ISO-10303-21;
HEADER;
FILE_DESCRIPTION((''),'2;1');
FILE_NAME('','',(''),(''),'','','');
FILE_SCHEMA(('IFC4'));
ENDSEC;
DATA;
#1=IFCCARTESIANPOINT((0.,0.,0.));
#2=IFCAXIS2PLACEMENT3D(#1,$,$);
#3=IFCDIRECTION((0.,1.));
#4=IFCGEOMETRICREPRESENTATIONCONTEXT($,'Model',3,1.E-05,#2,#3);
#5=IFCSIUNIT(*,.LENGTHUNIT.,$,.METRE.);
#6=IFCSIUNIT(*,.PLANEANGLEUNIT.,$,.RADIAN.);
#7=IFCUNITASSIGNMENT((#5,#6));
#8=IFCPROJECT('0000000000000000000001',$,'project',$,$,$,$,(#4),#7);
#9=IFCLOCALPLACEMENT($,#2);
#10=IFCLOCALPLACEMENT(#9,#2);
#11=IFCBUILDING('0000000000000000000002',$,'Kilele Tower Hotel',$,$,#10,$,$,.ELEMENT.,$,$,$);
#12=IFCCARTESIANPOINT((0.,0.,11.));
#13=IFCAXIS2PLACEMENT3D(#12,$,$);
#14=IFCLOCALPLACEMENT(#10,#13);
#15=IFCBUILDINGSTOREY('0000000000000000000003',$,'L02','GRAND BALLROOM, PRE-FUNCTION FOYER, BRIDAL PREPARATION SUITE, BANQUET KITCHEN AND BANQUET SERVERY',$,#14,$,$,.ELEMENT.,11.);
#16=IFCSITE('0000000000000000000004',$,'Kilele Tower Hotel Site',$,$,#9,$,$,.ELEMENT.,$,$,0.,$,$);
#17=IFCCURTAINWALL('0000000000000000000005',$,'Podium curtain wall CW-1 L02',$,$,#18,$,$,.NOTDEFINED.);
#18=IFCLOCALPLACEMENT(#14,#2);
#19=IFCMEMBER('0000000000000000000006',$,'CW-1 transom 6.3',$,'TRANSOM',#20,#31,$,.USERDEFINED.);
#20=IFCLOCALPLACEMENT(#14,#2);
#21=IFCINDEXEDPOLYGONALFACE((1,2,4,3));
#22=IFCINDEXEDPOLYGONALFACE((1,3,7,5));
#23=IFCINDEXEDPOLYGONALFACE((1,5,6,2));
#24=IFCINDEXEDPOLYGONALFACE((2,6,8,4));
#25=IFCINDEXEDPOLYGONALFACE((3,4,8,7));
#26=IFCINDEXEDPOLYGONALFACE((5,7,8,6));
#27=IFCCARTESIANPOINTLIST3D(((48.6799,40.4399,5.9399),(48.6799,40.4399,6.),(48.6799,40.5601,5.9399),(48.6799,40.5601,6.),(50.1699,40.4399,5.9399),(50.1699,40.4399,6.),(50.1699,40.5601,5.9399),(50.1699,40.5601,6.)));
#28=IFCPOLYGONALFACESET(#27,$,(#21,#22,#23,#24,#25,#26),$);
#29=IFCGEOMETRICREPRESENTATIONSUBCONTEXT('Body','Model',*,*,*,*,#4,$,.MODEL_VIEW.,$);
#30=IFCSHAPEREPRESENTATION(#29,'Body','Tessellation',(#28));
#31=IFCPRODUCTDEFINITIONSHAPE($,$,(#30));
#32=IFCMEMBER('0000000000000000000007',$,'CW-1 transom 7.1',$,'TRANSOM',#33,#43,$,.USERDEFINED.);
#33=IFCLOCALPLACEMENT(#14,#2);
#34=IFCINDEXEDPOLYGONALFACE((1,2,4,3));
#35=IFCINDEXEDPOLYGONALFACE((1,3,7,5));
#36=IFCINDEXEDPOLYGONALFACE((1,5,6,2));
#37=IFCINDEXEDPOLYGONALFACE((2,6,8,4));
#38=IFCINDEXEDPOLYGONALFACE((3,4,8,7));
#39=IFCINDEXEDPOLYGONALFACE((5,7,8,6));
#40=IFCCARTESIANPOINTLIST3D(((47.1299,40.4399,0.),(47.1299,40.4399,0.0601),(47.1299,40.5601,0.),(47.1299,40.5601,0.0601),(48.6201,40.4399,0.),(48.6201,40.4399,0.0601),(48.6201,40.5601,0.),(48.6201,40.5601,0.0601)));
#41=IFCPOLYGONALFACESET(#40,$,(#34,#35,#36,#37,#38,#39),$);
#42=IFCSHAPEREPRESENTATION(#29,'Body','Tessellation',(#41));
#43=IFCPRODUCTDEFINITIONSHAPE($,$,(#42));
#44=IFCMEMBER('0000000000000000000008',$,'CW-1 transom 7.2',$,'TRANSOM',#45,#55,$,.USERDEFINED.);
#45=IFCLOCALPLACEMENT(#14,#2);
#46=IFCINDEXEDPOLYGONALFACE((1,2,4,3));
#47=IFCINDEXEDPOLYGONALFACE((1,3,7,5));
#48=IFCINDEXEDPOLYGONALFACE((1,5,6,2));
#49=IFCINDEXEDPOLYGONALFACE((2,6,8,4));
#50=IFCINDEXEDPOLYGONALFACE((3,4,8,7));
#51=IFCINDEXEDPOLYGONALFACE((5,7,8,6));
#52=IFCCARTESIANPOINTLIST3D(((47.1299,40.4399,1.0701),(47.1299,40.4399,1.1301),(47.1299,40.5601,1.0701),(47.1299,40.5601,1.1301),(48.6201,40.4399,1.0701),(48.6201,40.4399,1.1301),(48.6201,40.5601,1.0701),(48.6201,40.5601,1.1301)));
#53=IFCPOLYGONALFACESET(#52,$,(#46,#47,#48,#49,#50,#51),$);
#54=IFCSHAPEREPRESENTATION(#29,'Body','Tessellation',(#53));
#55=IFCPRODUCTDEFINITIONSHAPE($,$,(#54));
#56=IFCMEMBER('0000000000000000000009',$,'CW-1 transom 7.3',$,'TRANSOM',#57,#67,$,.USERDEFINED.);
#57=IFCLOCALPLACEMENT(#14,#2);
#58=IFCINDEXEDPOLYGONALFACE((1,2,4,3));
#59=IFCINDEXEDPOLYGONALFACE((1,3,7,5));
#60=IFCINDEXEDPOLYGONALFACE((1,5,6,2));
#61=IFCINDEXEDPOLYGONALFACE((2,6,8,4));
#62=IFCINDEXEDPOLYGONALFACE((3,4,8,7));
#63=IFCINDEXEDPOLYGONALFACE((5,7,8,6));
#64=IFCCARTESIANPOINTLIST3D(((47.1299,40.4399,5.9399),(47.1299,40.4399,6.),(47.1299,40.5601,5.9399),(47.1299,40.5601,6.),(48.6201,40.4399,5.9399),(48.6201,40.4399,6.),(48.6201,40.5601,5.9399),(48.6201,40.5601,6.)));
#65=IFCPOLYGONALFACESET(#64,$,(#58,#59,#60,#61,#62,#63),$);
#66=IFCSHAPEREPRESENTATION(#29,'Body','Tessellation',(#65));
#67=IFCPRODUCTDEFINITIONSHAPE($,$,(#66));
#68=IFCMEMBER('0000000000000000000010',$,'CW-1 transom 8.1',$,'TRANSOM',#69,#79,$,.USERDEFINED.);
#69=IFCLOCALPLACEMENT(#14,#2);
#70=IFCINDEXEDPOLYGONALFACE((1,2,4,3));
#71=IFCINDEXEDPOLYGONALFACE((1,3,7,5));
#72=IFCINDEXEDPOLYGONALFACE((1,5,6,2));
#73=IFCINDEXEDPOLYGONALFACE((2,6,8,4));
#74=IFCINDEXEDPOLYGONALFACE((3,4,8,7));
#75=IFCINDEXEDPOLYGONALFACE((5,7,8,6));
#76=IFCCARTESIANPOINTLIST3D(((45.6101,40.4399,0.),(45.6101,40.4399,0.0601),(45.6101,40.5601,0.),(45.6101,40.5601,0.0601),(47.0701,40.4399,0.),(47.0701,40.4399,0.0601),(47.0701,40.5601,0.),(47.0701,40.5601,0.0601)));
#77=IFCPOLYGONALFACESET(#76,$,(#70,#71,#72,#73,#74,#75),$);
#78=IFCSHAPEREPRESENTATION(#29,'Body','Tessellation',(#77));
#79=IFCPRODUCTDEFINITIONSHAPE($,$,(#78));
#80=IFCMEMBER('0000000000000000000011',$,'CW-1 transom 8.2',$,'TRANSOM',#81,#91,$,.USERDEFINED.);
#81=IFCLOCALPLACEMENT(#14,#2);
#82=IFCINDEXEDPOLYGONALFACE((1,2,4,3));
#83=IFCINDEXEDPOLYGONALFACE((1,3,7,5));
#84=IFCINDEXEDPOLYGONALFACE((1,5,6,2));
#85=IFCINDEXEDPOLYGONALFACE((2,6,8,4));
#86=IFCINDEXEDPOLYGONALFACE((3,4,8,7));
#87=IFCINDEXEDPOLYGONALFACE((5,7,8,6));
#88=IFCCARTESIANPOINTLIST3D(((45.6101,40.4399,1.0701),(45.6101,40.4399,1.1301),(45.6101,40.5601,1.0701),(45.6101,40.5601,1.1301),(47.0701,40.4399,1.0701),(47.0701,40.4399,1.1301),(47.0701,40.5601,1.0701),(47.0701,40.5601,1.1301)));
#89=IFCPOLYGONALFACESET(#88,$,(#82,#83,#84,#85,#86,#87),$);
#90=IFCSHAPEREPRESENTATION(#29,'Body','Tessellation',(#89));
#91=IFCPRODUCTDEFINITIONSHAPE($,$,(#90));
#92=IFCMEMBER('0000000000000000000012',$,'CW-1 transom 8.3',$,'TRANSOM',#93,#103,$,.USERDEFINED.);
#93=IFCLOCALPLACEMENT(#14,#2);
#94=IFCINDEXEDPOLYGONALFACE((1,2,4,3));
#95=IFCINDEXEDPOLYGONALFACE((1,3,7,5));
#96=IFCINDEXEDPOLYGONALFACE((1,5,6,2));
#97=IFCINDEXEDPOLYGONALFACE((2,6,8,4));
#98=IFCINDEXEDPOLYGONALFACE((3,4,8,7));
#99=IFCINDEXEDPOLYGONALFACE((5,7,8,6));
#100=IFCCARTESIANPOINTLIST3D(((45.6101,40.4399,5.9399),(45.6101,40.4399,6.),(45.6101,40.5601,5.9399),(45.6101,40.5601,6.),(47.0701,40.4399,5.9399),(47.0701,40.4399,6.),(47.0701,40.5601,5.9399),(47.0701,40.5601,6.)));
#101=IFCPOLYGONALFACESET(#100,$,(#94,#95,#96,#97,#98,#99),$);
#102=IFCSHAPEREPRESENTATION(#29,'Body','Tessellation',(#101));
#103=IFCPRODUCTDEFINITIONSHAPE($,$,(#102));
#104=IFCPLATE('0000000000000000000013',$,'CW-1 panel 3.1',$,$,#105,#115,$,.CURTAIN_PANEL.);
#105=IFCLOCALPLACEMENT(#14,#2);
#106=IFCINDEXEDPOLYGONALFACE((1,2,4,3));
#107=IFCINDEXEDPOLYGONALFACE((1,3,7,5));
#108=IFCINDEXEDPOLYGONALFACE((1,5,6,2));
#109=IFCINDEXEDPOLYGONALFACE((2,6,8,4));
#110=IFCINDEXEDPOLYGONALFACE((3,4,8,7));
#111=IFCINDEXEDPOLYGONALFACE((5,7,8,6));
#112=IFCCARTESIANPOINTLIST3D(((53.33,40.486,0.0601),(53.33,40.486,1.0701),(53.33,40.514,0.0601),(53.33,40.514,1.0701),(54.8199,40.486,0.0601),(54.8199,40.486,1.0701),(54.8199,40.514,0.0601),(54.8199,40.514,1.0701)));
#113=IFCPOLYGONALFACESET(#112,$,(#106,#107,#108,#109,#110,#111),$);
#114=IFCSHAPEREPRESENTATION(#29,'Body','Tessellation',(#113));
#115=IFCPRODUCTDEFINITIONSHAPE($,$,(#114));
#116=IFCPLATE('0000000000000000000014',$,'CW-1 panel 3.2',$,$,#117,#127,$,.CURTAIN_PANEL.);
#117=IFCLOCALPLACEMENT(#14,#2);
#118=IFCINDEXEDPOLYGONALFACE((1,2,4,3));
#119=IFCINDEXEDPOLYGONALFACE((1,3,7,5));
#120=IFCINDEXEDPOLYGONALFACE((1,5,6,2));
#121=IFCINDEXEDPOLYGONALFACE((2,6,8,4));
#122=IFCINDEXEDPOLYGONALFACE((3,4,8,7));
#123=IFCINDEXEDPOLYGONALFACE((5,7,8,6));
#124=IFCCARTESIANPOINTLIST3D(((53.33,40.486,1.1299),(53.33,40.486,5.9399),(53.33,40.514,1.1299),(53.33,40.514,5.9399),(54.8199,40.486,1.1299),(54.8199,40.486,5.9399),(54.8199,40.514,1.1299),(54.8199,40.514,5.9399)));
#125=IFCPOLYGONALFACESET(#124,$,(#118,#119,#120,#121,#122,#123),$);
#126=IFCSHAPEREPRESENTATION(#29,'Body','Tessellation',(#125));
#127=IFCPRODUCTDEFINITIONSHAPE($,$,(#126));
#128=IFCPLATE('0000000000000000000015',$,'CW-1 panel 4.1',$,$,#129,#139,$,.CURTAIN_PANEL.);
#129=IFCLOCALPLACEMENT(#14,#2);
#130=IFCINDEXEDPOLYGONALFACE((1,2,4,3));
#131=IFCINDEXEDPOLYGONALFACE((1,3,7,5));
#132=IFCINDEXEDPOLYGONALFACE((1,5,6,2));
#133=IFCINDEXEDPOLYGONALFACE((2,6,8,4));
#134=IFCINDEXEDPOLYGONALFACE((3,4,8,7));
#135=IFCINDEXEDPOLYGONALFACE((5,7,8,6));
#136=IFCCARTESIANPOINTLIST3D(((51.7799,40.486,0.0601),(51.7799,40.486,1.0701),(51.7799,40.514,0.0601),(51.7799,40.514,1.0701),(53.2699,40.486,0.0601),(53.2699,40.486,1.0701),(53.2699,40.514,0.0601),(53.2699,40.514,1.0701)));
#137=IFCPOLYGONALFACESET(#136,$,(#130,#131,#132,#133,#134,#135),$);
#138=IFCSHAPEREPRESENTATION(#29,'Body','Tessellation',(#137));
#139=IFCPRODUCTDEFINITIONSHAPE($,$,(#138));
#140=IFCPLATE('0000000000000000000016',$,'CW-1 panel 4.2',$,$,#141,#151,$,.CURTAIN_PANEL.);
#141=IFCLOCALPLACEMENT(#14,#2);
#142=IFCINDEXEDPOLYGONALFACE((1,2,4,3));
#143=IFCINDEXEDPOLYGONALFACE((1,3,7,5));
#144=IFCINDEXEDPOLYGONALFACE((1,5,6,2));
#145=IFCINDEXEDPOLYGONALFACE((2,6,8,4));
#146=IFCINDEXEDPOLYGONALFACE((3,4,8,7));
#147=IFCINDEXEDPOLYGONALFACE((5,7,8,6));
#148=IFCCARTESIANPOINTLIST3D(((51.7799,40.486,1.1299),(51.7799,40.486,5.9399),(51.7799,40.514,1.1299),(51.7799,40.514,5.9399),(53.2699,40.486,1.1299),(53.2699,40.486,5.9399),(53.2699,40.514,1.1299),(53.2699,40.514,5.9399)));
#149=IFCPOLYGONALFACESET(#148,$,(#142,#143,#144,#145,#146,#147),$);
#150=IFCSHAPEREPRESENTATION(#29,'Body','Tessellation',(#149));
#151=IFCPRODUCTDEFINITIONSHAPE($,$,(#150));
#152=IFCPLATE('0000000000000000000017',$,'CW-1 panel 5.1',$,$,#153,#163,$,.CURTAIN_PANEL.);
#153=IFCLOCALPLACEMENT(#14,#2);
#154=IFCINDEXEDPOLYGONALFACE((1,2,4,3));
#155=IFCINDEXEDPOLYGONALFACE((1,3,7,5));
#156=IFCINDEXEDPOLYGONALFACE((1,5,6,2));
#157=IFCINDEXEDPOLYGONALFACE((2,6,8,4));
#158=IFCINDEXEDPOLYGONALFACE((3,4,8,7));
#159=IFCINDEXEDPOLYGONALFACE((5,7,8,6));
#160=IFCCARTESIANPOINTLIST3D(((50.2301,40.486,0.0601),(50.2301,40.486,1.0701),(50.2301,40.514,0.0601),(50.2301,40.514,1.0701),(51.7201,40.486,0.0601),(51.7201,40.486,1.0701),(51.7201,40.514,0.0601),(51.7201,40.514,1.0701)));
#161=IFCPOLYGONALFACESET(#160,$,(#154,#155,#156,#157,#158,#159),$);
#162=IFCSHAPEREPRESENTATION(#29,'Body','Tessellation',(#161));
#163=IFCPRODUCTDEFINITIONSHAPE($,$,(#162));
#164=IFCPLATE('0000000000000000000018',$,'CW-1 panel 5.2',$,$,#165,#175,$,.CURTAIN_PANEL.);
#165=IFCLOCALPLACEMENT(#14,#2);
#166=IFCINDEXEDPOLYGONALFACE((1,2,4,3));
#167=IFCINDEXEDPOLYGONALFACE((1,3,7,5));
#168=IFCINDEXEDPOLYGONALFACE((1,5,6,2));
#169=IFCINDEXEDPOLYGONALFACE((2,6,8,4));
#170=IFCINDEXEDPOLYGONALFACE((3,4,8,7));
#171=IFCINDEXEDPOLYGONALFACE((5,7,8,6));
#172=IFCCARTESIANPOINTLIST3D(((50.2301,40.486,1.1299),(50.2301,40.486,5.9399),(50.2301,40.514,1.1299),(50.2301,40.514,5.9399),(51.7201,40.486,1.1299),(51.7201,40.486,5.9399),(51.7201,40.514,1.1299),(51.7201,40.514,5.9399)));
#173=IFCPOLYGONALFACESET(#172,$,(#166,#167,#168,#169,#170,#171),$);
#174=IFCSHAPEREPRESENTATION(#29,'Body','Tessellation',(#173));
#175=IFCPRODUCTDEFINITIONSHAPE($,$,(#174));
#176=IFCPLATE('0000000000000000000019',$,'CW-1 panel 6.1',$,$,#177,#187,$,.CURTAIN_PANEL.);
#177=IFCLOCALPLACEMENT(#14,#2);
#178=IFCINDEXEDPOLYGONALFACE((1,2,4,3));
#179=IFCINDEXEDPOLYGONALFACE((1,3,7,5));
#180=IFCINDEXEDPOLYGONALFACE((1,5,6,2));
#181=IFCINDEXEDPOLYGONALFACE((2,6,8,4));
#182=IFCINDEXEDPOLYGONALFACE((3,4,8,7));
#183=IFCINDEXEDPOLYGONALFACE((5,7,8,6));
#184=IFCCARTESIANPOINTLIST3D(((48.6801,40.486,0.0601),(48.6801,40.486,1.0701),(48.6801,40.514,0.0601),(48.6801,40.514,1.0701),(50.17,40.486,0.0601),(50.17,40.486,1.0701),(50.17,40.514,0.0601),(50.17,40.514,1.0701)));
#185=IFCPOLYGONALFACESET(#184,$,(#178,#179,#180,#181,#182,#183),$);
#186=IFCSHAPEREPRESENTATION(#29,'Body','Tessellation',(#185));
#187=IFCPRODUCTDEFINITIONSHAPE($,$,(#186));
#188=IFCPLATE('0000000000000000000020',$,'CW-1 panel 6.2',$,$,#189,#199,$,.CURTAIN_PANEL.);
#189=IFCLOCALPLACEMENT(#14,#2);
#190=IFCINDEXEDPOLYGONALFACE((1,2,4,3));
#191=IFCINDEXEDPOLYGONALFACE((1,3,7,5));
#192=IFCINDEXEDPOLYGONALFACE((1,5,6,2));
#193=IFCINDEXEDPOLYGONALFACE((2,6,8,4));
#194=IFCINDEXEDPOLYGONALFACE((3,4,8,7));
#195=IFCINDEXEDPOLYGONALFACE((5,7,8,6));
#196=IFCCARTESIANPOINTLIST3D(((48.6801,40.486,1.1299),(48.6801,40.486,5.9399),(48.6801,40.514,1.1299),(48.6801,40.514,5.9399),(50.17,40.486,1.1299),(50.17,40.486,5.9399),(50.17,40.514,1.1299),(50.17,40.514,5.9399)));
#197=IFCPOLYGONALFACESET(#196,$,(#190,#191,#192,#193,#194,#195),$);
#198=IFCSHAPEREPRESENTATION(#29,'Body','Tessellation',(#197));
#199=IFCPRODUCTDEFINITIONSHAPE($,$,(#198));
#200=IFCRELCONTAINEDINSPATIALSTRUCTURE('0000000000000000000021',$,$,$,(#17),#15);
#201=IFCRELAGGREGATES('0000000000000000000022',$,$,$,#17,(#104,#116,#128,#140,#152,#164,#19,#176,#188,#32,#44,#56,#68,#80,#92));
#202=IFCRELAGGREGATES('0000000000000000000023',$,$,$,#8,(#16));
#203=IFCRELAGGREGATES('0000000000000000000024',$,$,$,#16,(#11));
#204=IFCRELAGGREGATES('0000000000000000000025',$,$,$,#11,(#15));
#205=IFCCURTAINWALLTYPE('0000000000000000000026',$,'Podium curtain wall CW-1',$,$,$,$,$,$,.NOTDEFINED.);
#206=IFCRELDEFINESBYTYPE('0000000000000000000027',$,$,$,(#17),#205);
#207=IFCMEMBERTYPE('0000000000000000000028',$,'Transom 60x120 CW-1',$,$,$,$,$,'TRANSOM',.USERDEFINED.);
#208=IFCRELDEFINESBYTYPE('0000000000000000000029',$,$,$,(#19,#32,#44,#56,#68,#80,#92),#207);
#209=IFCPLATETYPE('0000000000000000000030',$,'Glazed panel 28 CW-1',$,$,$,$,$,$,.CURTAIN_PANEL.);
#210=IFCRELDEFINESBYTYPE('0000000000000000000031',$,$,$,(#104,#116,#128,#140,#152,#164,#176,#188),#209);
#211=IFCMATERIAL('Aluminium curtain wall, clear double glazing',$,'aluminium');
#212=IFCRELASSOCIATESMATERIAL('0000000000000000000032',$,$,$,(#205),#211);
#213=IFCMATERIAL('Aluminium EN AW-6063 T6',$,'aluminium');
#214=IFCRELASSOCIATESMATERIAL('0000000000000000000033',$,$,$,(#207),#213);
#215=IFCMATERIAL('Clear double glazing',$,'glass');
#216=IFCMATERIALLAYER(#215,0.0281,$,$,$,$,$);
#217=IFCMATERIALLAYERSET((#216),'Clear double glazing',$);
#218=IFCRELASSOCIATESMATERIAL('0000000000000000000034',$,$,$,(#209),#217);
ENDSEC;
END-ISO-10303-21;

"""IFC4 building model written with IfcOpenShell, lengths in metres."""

from ifc_helpers import new_model, si_unit, direction, frame, origin, origin_2d, place, context, subcontext, project, spatial, rectangle, extrude, material, layer, layer_set, material_profile, profile_set, type_object, element, aggregate, save


model = new_model("IFC4")

# Units and contexts
model_context = context("Model", 3, precision=1e-05, world=origin(), true_north=direction((0.0, 1.0)))
body_context = subcontext(model_context, "Body", "Model", "MODEL_VIEW")
ifc_project = project(units=[si_unit("LENGTHUNIT", "METRE"), si_unit("PLANEANGLEUNIT", "RADIAN")], contexts=[model_context])

# Site, building, storey
site_placement = place(None, origin())
site = spatial("IfcSite", under=ifc_project, at=site_placement, Name="Kilele Tower Hotel Site", CompositionType="ELEMENT", RefElevation=0.0)
building_placement = place(site_placement, origin())
building = spatial("IfcBuilding", under=site, at=building_placement, Name="Kilele Tower Hotel", CompositionType="ELEMENT")
storey_placement = place(building_placement, frame((0.0, 0.0, 11.0)))
storey = spatial("IfcBuildingStorey", under=building, at=storey_placement, Name="L02", Description="GRAND BALLROOM, PRE-FUNCTION FOYER, BRIDAL PREPARATION SUITE, BANQUET KITCHEN AND BANQUET SERVERY", CompositionType="ELEMENT", Elevation=11.0)

# Curtain wall, members, plates
ifc_material_1 = material(Name="Aluminium curtain wall, clear double glazing", Category="aluminium")
curtain_wall_type = type_object("IfcCurtainWallType", Name="Podium curtain wall CW-1", PredefinedType="NOTDEFINED", material=ifc_material_1)
curtain_wall_placement = place(storey_placement, origin())
curtain_wall = element("IfcCurtainWall", 1, at=curtain_wall_placement, inside=storey, type_object=curtain_wall_type, Name="Podium curtain wall CW-1 L02", PredefinedType="NOTDEFINED")
ifc_material_2 = material(Name="Aluminium EN AW-6063 T6", Category="aluminium")
ifc_material_profile_1 = material_profile(ifc_material_2, rectangle(XDim=0.1201, YDim=0.0601, at=origin_2d()))
ifc_profile_set_1 = profile_set([ifc_material_profile_1], Name="Aluminium EN AW-6063 T6")
member_type_1 = type_object("IfcMemberType", Name="Transom 60x120 CW-1", ElementType="TRANSOM", PredefinedType="USERDEFINED", material=ifc_profile_set_1)
member_1_placement = place(storey_placement, frame((50.1699, 40.5, 5.97), z_axis=(-1.0, 0.0, 0.0), x_axis=(0.0, -1.0, 0.0)))
member_1 = element("IfcMember", 2, at=member_1_placement, type_object=member_type_1, Name="CW-1 transom 6.3", ObjectType="TRANSOM", PredefinedType="USERDEFINED", context=body_context, shape_type="SweptSolid", body=[
    extrude(rectangle(XDim=0.1201, YDim=0.0601, at=origin_2d()), origin(), (0.0, 0.0, 1.0), 1.49),
])
member_2_placement = place(storey_placement, frame((48.6201, 40.5, 0.03), z_axis=(-1.0, 0.0, 0.0), x_axis=(0.0, -1.0, 0.0)))
member_2 = element("IfcMember", 3, at=member_2_placement, type_object=member_type_1, Name="CW-1 transom 7.1", ObjectType="TRANSOM", PredefinedType="USERDEFINED", context=body_context, shape_type="SweptSolid", body=[
    extrude(rectangle(XDim=0.1201, YDim=0.0601, at=origin_2d()), origin(), (0.0, 0.0, 1.0), 1.4902),
])
member_3_placement = place(storey_placement, frame((48.6201, 40.5, 1.1001), z_axis=(-1.0, 0.0, 0.0), x_axis=(0.0, -1.0, 0.0)))
member_3 = element("IfcMember", 4, at=member_3_placement, type_object=member_type_1, Name="CW-1 transom 7.2", ObjectType="TRANSOM", PredefinedType="USERDEFINED", context=body_context, shape_type="SweptSolid", body=[
    extrude(rectangle(XDim=0.1201, YDim=0.0601, at=origin_2d()), origin(), (0.0, 0.0, 1.0), 1.4902),
])
member_4_placement = place(storey_placement, frame((48.6201, 40.5, 5.97), z_axis=(-1.0, 0.0, 0.0), x_axis=(0.0, -1.0, 0.0)))
member_4 = element("IfcMember", 5, at=member_4_placement, type_object=member_type_1, Name="CW-1 transom 7.3", ObjectType="TRANSOM", PredefinedType="USERDEFINED", context=body_context, shape_type="SweptSolid", body=[
    extrude(rectangle(XDim=0.1201, YDim=0.0601, at=origin_2d()), origin(), (0.0, 0.0, 1.0), 1.4902),
])
member_5_placement = place(storey_placement, frame((47.0701, 40.5, 0.03), z_axis=(-1.0, 0.0, 0.0), x_axis=(0.0, -1.0, 0.0)))
member_5 = element("IfcMember", 6, at=member_5_placement, type_object=member_type_1, Name="CW-1 transom 8.1", ObjectType="TRANSOM", PredefinedType="USERDEFINED", context=body_context, shape_type="SweptSolid", body=[
    extrude(rectangle(XDim=0.1201, YDim=0.0601, at=origin_2d()), origin(), (0.0, 0.0, 1.0), 1.46),
])
member_6_placement = place(storey_placement, frame((47.0701, 40.5, 1.1001), z_axis=(-1.0, 0.0, 0.0), x_axis=(0.0, -1.0, 0.0)))
member_6 = element("IfcMember", 7, at=member_6_placement, type_object=member_type_1, Name="CW-1 transom 8.2", ObjectType="TRANSOM", PredefinedType="USERDEFINED", context=body_context, shape_type="SweptSolid", body=[
    extrude(rectangle(XDim=0.1201, YDim=0.0601, at=origin_2d()), origin(), (0.0, 0.0, 1.0), 1.46),
])
member_7_placement = place(storey_placement, frame((47.0701, 40.5, 5.97), z_axis=(-1.0, 0.0, 0.0), x_axis=(0.0, -1.0, 0.0)))
member_7 = element("IfcMember", 8, at=member_7_placement, type_object=member_type_1, Name="CW-1 transom 8.3", ObjectType="TRANSOM", PredefinedType="USERDEFINED", context=body_context, shape_type="SweptSolid", body=[
    extrude(rectangle(XDim=0.1201, YDim=0.0601, at=origin_2d()), origin(), (0.0, 0.0, 1.0), 1.46),
])
ifc_material_3 = material(Name="Clear double glazing", Category="glass")
ifc_layer = layer(ifc_material_3, 0.0281)
ifc_layer_set = layer_set([ifc_layer], Name="Clear double glazing")
plate_type = type_object("IfcPlateType", Name="Glazed panel 28 CW-1", PredefinedType="CURTAIN_PANEL", material=ifc_layer_set)
plate_1_placement = place(storey_placement, frame((54.075, 40.5, 0.0601), z_axis=(0.0, 0.0, 1.0), x_axis=(-1.0, 0.0, 0.0)))
plate_1 = element("IfcPlate", 9, at=plate_1_placement, type_object=plate_type, Name="CW-1 panel 3.1", PredefinedType="CURTAIN_PANEL", context=body_context, shape_type="SweptSolid", body=[
    extrude(rectangle(XDim=1.49, YDim=0.0281, at=origin_2d()), origin(), (0.0, 0.0, 1.0), 1.01),
])
plate_2_placement = place(storey_placement, frame((54.075, 40.5, 1.1299), z_axis=(0.0, 0.0, 1.0), x_axis=(-1.0, 0.0, 0.0)))
plate_2 = element("IfcPlate", 10, at=plate_2_placement, type_object=plate_type, Name="CW-1 panel 3.2", PredefinedType="CURTAIN_PANEL", context=body_context, shape_type="SweptSolid", body=[
    extrude(rectangle(XDim=1.49, YDim=0.0281, at=origin_2d()), origin(), (0.0, 0.0, 1.0), 4.8101),
])
plate_3_placement = place(storey_placement, frame((52.5249, 40.5, 0.0601), z_axis=(0.0, 0.0, 1.0), x_axis=(-1.0, 0.0, 0.0)))
plate_3 = element("IfcPlate", 11, at=plate_3_placement, type_object=plate_type, Name="CW-1 panel 4.1", PredefinedType="CURTAIN_PANEL", context=body_context, shape_type="SweptSolid", body=[
    extrude(rectangle(XDim=1.49, YDim=0.0281, at=origin_2d()), origin(), (0.0, 0.0, 1.0), 1.01),
])
plate_4_placement = place(storey_placement, frame((52.5249, 40.5, 1.1299), z_axis=(0.0, 0.0, 1.0), x_axis=(-1.0, 0.0, 0.0)))
plate_4 = element("IfcPlate", 12, at=plate_4_placement, type_object=plate_type, Name="CW-1 panel 4.2", PredefinedType="CURTAIN_PANEL", context=body_context, shape_type="SweptSolid", body=[
    extrude(rectangle(XDim=1.49, YDim=0.0281, at=origin_2d()), origin(), (0.0, 0.0, 1.0), 4.8101),
])
plate_5_placement = place(storey_placement, frame((50.9751, 40.5, 0.0601), z_axis=(0.0, 0.0, 1.0), x_axis=(-1.0, 0.0, 0.0)))
plate_5 = element("IfcPlate", 13, at=plate_5_placement, type_object=plate_type, Name="CW-1 panel 5.1", PredefinedType="CURTAIN_PANEL", context=body_context, shape_type="SweptSolid", body=[
    extrude(rectangle(XDim=1.49, YDim=0.0281, at=origin_2d()), origin(), (0.0, 0.0, 1.0), 1.01),
])
plate_6_placement = place(storey_placement, frame((50.9751, 40.5, 1.1299), z_axis=(0.0, 0.0, 1.0), x_axis=(-1.0, 0.0, 0.0)))
plate_6 = element("IfcPlate", 14, at=plate_6_placement, type_object=plate_type, Name="CW-1 panel 5.2", PredefinedType="CURTAIN_PANEL", context=body_context, shape_type="SweptSolid", body=[
    extrude(rectangle(XDim=1.49, YDim=0.0281, at=origin_2d()), origin(), (0.0, 0.0, 1.0), 4.8101),
])
plate_7_placement = place(storey_placement, frame((49.425, 40.5, 0.0601), z_axis=(0.0, 0.0, 1.0), x_axis=(-1.0, 0.0, 0.0)))
plate_7 = element("IfcPlate", 15, at=plate_7_placement, type_object=plate_type, Name="CW-1 panel 6.1", PredefinedType="CURTAIN_PANEL", context=body_context, shape_type="SweptSolid", body=[
    extrude(rectangle(XDim=1.49, YDim=0.0281, at=origin_2d()), origin(), (0.0, 0.0, 1.0), 1.01),
])
plate_8_placement = place(storey_placement, frame((49.425, 40.5, 1.1299), z_axis=(0.0, 0.0, 1.0), x_axis=(-1.0, 0.0, 0.0)))
plate_8 = element("IfcPlate", 16, at=plate_8_placement, type_object=plate_type, Name="CW-1 panel 6.2", PredefinedType="CURTAIN_PANEL", context=body_context, shape_type="SweptSolid", body=[
    extrude(rectangle(XDim=1.49, YDim=0.0281, at=origin_2d()), origin(), (0.0, 0.0, 1.0), 4.8101),
])
aggregate(curtain_wall, [plate_1, plate_2, plate_3, plate_4, plate_5, plate_6, member_1, plate_7, plate_8, member_2, member_3, member_4, member_5, member_6, member_7])

save(model, "model.ifc")
